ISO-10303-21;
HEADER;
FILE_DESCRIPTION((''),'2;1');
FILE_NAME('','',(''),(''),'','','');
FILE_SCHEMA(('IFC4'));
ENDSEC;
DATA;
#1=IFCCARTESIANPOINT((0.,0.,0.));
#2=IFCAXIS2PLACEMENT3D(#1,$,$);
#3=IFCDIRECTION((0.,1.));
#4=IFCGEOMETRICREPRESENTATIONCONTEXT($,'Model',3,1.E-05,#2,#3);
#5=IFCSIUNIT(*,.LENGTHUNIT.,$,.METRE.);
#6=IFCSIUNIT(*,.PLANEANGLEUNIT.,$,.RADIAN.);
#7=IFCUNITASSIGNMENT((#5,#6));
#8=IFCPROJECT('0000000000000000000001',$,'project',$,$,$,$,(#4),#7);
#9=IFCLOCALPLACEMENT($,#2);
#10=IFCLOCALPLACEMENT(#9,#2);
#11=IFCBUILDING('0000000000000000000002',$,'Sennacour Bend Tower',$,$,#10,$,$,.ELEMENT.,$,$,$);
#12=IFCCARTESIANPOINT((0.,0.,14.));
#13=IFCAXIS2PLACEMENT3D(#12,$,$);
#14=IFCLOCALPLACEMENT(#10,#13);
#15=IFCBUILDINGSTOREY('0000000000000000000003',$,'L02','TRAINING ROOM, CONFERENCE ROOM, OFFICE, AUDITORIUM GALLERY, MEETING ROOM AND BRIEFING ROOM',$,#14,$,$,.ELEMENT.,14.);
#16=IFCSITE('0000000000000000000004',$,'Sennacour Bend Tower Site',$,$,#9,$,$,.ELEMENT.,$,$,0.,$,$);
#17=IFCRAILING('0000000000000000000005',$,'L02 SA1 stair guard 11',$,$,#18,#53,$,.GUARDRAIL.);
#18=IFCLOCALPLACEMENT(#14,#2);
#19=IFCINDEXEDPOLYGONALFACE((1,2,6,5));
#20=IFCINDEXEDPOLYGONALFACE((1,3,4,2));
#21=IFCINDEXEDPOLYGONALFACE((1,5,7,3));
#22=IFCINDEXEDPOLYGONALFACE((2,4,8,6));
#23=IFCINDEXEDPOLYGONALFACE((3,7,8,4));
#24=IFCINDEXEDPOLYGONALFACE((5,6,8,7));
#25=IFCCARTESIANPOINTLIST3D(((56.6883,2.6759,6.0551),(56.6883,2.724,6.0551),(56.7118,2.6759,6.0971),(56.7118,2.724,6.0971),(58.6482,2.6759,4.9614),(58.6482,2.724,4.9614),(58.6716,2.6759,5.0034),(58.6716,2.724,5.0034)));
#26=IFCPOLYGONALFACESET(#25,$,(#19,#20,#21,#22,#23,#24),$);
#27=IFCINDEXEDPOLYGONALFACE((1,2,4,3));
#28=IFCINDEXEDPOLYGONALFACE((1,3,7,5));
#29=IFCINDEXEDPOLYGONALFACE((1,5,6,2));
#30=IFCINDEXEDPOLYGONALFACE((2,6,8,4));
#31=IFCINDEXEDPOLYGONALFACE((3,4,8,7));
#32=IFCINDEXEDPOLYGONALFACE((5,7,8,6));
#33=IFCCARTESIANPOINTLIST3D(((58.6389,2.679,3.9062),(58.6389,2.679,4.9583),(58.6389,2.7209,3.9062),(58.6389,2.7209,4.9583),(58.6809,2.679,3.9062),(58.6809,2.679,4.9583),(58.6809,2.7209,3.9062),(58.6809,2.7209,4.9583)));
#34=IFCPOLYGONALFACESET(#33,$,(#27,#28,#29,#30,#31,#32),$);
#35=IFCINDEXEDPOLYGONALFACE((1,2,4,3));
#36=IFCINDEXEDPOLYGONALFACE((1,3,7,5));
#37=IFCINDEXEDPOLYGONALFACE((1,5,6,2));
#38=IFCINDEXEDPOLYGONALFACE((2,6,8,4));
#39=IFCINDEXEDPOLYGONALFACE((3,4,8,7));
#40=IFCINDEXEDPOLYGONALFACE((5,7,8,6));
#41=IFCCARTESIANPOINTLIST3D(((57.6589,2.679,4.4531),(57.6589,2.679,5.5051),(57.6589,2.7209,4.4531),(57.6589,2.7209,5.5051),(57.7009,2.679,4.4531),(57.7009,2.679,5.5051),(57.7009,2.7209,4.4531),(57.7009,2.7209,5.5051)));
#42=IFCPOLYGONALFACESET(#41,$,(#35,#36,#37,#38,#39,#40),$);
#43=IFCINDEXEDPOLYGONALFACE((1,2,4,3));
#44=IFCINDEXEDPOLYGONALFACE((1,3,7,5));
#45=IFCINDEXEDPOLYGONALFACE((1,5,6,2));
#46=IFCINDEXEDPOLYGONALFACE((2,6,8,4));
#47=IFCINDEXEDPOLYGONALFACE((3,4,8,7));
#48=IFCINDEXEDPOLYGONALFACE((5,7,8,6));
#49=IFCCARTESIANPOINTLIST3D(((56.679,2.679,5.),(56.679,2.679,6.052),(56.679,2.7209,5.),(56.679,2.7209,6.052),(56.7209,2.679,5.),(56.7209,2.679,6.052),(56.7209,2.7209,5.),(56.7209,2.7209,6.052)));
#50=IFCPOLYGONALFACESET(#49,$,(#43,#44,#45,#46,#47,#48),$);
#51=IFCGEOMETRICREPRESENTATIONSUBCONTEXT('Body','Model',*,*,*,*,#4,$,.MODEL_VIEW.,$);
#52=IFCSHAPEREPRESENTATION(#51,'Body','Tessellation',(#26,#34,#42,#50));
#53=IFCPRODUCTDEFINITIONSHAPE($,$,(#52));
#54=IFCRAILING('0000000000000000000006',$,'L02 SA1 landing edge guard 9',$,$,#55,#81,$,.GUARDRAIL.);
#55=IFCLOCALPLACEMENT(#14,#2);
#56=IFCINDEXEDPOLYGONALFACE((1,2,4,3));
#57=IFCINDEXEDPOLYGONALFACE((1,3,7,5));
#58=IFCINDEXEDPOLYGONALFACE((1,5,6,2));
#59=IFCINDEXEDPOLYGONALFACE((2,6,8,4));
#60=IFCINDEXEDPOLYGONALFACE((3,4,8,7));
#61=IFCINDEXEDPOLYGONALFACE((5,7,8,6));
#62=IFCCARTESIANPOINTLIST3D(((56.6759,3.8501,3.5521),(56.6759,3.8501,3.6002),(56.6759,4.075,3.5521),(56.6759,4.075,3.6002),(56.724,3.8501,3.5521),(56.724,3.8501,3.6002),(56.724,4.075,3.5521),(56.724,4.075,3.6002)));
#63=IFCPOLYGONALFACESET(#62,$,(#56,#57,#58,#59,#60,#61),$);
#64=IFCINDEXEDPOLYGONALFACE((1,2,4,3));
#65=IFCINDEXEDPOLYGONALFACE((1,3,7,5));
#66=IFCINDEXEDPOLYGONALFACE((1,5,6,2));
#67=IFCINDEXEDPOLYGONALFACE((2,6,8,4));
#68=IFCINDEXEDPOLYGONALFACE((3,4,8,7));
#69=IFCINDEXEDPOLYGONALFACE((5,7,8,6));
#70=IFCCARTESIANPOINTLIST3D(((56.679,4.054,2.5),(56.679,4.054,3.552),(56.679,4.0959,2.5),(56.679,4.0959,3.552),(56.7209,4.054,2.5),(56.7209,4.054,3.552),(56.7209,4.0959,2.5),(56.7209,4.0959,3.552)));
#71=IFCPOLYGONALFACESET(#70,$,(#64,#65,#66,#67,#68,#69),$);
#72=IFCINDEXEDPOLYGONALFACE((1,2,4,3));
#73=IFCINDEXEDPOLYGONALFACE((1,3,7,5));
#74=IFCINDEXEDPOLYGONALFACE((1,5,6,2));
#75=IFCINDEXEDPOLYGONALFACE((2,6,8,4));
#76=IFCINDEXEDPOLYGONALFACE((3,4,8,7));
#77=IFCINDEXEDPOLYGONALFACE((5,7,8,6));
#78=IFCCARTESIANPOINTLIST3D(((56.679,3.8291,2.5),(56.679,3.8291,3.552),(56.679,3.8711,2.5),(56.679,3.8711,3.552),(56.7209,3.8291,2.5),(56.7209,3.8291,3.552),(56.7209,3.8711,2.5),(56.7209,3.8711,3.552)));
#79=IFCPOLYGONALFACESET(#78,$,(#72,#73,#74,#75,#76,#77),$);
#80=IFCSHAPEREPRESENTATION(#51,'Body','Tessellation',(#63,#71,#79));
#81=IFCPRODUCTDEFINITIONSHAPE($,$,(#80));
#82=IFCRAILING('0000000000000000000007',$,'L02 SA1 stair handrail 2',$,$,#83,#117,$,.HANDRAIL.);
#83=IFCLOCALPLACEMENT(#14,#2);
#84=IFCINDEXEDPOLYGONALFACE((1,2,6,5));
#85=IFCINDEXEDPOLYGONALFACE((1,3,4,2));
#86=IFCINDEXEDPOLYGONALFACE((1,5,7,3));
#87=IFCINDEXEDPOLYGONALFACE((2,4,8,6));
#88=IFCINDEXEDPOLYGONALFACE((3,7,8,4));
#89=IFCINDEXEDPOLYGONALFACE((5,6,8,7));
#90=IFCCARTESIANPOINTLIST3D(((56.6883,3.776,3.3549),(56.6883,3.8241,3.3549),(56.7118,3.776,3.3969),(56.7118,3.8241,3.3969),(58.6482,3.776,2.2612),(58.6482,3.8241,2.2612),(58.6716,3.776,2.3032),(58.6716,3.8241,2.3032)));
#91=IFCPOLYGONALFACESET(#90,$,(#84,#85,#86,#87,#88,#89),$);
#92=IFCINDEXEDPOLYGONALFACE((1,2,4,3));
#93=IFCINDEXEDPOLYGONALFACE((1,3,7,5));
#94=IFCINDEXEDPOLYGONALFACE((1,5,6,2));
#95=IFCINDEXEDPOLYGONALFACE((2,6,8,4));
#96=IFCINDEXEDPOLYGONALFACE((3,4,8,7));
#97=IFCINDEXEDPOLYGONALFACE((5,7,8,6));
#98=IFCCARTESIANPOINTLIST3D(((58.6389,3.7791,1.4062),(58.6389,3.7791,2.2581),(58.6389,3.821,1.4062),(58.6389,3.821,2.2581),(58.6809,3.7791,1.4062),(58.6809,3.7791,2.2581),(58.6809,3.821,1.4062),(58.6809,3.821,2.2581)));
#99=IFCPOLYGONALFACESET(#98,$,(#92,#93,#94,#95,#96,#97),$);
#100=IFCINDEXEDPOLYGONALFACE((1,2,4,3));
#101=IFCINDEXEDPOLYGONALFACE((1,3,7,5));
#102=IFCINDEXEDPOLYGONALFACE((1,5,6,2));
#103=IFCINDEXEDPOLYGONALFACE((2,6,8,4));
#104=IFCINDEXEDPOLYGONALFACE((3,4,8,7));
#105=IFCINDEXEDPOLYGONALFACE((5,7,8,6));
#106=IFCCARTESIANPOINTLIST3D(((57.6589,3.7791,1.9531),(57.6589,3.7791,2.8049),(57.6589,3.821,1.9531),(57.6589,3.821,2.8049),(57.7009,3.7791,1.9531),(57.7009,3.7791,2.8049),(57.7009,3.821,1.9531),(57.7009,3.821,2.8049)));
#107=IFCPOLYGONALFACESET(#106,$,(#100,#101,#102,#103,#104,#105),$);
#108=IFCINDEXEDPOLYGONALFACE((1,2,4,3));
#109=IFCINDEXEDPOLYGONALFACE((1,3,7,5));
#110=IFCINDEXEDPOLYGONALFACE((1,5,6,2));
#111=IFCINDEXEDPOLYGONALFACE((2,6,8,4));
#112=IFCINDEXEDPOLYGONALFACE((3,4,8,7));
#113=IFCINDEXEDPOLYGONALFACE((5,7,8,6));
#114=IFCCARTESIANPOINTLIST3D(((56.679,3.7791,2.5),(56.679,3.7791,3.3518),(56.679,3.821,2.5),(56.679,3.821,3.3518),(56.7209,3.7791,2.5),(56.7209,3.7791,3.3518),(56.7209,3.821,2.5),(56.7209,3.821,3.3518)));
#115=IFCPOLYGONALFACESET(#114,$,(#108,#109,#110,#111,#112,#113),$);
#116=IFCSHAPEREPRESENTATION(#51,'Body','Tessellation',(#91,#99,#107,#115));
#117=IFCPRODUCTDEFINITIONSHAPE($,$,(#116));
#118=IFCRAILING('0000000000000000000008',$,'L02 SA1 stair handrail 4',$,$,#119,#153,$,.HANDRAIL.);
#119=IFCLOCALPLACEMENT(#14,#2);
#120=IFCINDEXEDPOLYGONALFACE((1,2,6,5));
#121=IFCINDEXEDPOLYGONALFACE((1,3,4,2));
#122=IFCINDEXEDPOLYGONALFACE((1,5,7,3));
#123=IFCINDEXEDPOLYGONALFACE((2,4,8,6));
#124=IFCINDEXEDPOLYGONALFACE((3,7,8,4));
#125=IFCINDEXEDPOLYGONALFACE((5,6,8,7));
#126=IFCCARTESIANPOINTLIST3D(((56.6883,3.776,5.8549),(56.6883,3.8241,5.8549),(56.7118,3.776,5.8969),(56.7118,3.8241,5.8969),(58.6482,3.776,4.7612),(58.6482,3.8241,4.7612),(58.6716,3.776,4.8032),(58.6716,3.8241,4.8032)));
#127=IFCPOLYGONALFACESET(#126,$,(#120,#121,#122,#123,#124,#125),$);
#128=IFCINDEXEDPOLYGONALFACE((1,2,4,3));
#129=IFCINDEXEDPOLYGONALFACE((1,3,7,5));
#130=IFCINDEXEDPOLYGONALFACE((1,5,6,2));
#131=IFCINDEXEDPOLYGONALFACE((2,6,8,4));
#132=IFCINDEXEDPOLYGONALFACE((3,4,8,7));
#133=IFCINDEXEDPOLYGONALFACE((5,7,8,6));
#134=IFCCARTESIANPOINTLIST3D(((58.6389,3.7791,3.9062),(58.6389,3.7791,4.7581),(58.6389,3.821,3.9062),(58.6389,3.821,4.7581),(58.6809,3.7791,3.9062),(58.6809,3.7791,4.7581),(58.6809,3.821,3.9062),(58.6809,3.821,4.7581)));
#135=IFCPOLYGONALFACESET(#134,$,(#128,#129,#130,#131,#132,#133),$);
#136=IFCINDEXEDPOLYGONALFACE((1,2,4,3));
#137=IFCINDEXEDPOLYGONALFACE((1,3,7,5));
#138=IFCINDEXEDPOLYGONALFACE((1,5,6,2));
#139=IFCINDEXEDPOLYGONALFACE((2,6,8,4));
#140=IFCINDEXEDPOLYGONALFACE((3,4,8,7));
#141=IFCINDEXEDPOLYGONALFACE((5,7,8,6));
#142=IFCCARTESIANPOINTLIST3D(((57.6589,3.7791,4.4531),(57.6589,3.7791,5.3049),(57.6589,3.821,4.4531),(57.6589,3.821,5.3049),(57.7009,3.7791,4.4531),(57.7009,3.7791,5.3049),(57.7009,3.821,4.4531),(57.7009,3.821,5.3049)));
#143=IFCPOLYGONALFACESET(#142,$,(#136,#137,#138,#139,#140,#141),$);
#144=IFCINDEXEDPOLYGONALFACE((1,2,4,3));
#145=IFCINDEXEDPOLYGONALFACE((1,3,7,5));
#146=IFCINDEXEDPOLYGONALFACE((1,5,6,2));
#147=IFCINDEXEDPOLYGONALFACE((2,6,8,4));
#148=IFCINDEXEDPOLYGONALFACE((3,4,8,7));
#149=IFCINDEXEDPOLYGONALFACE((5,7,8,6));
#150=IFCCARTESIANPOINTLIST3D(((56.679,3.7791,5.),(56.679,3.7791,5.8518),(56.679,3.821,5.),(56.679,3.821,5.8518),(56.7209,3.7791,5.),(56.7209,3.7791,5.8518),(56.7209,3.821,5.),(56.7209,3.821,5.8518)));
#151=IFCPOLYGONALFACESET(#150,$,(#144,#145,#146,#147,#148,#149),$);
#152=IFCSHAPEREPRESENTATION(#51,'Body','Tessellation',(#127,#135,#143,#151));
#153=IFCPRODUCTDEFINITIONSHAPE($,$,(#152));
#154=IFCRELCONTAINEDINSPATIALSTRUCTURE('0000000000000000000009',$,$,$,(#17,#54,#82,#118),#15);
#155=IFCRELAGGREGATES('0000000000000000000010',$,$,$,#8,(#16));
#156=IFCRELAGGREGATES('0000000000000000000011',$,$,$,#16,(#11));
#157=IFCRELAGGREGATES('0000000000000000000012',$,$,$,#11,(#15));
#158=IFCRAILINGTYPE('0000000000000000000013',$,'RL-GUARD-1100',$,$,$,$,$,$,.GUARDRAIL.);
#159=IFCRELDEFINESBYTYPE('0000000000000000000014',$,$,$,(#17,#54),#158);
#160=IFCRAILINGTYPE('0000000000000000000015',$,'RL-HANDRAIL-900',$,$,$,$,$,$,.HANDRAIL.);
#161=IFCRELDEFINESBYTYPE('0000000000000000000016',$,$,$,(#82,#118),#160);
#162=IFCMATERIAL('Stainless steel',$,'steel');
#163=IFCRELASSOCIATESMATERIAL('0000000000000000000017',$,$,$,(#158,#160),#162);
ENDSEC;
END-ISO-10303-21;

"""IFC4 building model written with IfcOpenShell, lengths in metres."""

from ifc_helpers import new_model, si_unit, direction, frame, origin, origin_2d, place, context, subcontext, project, spatial, rectangle, extrude, material, type_object, element, save


model = new_model("IFC4")

# Units and contexts
model_context = context("Model", 3, precision=1e-05, world=origin(), true_north=direction((0.0, 1.0)))
body_context = subcontext(model_context, "Body", "Model", "MODEL_VIEW")
ifc_project = project(units=[si_unit("LENGTHUNIT", "METRE"), si_unit("PLANEANGLEUNIT", "RADIAN")], contexts=[model_context])

# Site, building, storey
site_placement = place(None, origin())
site = spatial("IfcSite", under=ifc_project, at=site_placement, Name="Sennacour Bend Tower Site", CompositionType="ELEMENT", RefElevation=0.0)
building_placement = place(site_placement, origin())
building = spatial("IfcBuilding", under=site, at=building_placement, Name="Sennacour Bend Tower", CompositionType="ELEMENT")
storey_placement = place(building_placement, frame((0.0, 0.0, 14.0)))
storey = spatial("IfcBuildingStorey", under=building, at=storey_placement, Name="L02", Description="TRAINING ROOM, CONFERENCE ROOM, OFFICE, AUDITORIUM GALLERY, MEETING ROOM AND BRIEFING ROOM", CompositionType="ELEMENT", Elevation=14.0)

# Shared definitions
ifc_material_1 = material(Name="Stainless steel", Category="steel")

# Railings
railing_type_1 = type_object("IfcRailingType", Name="RL-GUARD-1100", PredefinedType="GUARDRAIL", material=ifc_material_1)
railing_1_placement = place(storey_placement, frame((58.6599, 2.7, 3.9062)))
element("IfcRailing", 1, at=railing_1_placement, inside=storey, type_object=railing_type_1, Name="L02 SA1 stair guard 11", PredefinedType="GUARDRAIL", context=body_context, shape_type="SweptSolid", body=[
    extrude(rectangle(XDim=0.0481, YDim=0.0481, at=origin_2d()), frame((0.0, 0.0, 1.0762), z_axis=(-0.873232, 0.0, 0.487304), x_axis=(0.0, -1.0, 0.0)), (0.0, 0.0, 1.0), 2.2444),
    extrude(rectangle(XDim=0.042, YDim=0.042, at=origin_2d()), origin(), (0.0, 0.0, 1.0), 1.052),
    extrude(rectangle(XDim=0.042, YDim=0.042, at=origin_2d()), frame((-0.98, 0.0, 0.5469)), (0.0, 0.0, 1.0), 1.052),
    extrude(rectangle(XDim=0.042, YDim=0.042, at=origin_2d()), frame((-1.96, 0.0, 1.0938)), (0.0, 0.0, 1.0), 1.052),
])
railing_2_placement = place(storey_placement, frame((56.7, 4.075, 2.5)))
element("IfcRailing", 2, at=railing_2_placement, inside=storey, type_object=railing_type_1, Name="L02 SA1 landing edge guard 9", PredefinedType="GUARDRAIL", context=body_context, shape_type="SweptSolid", body=[
    extrude(rectangle(XDim=0.0481, YDim=0.0481, at=origin_2d()), frame((0.0, 0.0, 1.0762), z_axis=(0.0, -1.0, 0.0), x_axis=(1.0, 0.0, 0.0)), (0.0, 0.0, 1.0), 0.2249),
    extrude(rectangle(XDim=0.042, YDim=0.042, at=origin_2d()), origin(), (0.0, 0.0, 1.0), 1.052),
    extrude(rectangle(XDim=0.042, YDim=0.042, at=origin_2d()), frame((0.0, -0.2249, 0.0)), (0.0, 0.0, 1.0), 1.052),
])
railing_type_2 = type_object("IfcRailingType", Name="RL-HANDRAIL-900", PredefinedType="HANDRAIL", material=ifc_material_1)
for number, where, name in (
    (3, (58.6599, 3.8, 1.4062), "L02 SA1 stair handrail 2"),
    (4, (58.6599, 3.8, 3.9062), "L02 SA1 stair handrail 4"),
):
    element("IfcRailing", number, at=place(storey_placement, frame(where)), inside=storey, type_object=railing_type_2, Name=name, PredefinedType="HANDRAIL", context=body_context, shape_type="SweptSolid", body=[
        extrude(rectangle(XDim=0.0481, YDim=0.0481, at=origin_2d()), frame((0.0, 0.0, 0.876), z_axis=(-0.873232, 0.0, 0.487304), x_axis=(0.0, -1.0, 0.0)), (0.0, 0.0, 1.0), 2.2444),
        extrude(rectangle(XDim=0.042, YDim=0.042, at=origin_2d()), origin(), (0.0, 0.0, 1.0), 0.8518),
        extrude(rectangle(XDim=0.042, YDim=0.042, at=origin_2d()), frame((-0.98, 0.0, 0.5469)), (0.0, 0.0, 1.0), 0.8518),
        extrude(rectangle(XDim=0.042, YDim=0.042, at=origin_2d()), frame((-1.96, 0.0, 1.0938)), (0.0, 0.0, 1.0), 0.8518),
    ])

save(model, "model.ifc")
